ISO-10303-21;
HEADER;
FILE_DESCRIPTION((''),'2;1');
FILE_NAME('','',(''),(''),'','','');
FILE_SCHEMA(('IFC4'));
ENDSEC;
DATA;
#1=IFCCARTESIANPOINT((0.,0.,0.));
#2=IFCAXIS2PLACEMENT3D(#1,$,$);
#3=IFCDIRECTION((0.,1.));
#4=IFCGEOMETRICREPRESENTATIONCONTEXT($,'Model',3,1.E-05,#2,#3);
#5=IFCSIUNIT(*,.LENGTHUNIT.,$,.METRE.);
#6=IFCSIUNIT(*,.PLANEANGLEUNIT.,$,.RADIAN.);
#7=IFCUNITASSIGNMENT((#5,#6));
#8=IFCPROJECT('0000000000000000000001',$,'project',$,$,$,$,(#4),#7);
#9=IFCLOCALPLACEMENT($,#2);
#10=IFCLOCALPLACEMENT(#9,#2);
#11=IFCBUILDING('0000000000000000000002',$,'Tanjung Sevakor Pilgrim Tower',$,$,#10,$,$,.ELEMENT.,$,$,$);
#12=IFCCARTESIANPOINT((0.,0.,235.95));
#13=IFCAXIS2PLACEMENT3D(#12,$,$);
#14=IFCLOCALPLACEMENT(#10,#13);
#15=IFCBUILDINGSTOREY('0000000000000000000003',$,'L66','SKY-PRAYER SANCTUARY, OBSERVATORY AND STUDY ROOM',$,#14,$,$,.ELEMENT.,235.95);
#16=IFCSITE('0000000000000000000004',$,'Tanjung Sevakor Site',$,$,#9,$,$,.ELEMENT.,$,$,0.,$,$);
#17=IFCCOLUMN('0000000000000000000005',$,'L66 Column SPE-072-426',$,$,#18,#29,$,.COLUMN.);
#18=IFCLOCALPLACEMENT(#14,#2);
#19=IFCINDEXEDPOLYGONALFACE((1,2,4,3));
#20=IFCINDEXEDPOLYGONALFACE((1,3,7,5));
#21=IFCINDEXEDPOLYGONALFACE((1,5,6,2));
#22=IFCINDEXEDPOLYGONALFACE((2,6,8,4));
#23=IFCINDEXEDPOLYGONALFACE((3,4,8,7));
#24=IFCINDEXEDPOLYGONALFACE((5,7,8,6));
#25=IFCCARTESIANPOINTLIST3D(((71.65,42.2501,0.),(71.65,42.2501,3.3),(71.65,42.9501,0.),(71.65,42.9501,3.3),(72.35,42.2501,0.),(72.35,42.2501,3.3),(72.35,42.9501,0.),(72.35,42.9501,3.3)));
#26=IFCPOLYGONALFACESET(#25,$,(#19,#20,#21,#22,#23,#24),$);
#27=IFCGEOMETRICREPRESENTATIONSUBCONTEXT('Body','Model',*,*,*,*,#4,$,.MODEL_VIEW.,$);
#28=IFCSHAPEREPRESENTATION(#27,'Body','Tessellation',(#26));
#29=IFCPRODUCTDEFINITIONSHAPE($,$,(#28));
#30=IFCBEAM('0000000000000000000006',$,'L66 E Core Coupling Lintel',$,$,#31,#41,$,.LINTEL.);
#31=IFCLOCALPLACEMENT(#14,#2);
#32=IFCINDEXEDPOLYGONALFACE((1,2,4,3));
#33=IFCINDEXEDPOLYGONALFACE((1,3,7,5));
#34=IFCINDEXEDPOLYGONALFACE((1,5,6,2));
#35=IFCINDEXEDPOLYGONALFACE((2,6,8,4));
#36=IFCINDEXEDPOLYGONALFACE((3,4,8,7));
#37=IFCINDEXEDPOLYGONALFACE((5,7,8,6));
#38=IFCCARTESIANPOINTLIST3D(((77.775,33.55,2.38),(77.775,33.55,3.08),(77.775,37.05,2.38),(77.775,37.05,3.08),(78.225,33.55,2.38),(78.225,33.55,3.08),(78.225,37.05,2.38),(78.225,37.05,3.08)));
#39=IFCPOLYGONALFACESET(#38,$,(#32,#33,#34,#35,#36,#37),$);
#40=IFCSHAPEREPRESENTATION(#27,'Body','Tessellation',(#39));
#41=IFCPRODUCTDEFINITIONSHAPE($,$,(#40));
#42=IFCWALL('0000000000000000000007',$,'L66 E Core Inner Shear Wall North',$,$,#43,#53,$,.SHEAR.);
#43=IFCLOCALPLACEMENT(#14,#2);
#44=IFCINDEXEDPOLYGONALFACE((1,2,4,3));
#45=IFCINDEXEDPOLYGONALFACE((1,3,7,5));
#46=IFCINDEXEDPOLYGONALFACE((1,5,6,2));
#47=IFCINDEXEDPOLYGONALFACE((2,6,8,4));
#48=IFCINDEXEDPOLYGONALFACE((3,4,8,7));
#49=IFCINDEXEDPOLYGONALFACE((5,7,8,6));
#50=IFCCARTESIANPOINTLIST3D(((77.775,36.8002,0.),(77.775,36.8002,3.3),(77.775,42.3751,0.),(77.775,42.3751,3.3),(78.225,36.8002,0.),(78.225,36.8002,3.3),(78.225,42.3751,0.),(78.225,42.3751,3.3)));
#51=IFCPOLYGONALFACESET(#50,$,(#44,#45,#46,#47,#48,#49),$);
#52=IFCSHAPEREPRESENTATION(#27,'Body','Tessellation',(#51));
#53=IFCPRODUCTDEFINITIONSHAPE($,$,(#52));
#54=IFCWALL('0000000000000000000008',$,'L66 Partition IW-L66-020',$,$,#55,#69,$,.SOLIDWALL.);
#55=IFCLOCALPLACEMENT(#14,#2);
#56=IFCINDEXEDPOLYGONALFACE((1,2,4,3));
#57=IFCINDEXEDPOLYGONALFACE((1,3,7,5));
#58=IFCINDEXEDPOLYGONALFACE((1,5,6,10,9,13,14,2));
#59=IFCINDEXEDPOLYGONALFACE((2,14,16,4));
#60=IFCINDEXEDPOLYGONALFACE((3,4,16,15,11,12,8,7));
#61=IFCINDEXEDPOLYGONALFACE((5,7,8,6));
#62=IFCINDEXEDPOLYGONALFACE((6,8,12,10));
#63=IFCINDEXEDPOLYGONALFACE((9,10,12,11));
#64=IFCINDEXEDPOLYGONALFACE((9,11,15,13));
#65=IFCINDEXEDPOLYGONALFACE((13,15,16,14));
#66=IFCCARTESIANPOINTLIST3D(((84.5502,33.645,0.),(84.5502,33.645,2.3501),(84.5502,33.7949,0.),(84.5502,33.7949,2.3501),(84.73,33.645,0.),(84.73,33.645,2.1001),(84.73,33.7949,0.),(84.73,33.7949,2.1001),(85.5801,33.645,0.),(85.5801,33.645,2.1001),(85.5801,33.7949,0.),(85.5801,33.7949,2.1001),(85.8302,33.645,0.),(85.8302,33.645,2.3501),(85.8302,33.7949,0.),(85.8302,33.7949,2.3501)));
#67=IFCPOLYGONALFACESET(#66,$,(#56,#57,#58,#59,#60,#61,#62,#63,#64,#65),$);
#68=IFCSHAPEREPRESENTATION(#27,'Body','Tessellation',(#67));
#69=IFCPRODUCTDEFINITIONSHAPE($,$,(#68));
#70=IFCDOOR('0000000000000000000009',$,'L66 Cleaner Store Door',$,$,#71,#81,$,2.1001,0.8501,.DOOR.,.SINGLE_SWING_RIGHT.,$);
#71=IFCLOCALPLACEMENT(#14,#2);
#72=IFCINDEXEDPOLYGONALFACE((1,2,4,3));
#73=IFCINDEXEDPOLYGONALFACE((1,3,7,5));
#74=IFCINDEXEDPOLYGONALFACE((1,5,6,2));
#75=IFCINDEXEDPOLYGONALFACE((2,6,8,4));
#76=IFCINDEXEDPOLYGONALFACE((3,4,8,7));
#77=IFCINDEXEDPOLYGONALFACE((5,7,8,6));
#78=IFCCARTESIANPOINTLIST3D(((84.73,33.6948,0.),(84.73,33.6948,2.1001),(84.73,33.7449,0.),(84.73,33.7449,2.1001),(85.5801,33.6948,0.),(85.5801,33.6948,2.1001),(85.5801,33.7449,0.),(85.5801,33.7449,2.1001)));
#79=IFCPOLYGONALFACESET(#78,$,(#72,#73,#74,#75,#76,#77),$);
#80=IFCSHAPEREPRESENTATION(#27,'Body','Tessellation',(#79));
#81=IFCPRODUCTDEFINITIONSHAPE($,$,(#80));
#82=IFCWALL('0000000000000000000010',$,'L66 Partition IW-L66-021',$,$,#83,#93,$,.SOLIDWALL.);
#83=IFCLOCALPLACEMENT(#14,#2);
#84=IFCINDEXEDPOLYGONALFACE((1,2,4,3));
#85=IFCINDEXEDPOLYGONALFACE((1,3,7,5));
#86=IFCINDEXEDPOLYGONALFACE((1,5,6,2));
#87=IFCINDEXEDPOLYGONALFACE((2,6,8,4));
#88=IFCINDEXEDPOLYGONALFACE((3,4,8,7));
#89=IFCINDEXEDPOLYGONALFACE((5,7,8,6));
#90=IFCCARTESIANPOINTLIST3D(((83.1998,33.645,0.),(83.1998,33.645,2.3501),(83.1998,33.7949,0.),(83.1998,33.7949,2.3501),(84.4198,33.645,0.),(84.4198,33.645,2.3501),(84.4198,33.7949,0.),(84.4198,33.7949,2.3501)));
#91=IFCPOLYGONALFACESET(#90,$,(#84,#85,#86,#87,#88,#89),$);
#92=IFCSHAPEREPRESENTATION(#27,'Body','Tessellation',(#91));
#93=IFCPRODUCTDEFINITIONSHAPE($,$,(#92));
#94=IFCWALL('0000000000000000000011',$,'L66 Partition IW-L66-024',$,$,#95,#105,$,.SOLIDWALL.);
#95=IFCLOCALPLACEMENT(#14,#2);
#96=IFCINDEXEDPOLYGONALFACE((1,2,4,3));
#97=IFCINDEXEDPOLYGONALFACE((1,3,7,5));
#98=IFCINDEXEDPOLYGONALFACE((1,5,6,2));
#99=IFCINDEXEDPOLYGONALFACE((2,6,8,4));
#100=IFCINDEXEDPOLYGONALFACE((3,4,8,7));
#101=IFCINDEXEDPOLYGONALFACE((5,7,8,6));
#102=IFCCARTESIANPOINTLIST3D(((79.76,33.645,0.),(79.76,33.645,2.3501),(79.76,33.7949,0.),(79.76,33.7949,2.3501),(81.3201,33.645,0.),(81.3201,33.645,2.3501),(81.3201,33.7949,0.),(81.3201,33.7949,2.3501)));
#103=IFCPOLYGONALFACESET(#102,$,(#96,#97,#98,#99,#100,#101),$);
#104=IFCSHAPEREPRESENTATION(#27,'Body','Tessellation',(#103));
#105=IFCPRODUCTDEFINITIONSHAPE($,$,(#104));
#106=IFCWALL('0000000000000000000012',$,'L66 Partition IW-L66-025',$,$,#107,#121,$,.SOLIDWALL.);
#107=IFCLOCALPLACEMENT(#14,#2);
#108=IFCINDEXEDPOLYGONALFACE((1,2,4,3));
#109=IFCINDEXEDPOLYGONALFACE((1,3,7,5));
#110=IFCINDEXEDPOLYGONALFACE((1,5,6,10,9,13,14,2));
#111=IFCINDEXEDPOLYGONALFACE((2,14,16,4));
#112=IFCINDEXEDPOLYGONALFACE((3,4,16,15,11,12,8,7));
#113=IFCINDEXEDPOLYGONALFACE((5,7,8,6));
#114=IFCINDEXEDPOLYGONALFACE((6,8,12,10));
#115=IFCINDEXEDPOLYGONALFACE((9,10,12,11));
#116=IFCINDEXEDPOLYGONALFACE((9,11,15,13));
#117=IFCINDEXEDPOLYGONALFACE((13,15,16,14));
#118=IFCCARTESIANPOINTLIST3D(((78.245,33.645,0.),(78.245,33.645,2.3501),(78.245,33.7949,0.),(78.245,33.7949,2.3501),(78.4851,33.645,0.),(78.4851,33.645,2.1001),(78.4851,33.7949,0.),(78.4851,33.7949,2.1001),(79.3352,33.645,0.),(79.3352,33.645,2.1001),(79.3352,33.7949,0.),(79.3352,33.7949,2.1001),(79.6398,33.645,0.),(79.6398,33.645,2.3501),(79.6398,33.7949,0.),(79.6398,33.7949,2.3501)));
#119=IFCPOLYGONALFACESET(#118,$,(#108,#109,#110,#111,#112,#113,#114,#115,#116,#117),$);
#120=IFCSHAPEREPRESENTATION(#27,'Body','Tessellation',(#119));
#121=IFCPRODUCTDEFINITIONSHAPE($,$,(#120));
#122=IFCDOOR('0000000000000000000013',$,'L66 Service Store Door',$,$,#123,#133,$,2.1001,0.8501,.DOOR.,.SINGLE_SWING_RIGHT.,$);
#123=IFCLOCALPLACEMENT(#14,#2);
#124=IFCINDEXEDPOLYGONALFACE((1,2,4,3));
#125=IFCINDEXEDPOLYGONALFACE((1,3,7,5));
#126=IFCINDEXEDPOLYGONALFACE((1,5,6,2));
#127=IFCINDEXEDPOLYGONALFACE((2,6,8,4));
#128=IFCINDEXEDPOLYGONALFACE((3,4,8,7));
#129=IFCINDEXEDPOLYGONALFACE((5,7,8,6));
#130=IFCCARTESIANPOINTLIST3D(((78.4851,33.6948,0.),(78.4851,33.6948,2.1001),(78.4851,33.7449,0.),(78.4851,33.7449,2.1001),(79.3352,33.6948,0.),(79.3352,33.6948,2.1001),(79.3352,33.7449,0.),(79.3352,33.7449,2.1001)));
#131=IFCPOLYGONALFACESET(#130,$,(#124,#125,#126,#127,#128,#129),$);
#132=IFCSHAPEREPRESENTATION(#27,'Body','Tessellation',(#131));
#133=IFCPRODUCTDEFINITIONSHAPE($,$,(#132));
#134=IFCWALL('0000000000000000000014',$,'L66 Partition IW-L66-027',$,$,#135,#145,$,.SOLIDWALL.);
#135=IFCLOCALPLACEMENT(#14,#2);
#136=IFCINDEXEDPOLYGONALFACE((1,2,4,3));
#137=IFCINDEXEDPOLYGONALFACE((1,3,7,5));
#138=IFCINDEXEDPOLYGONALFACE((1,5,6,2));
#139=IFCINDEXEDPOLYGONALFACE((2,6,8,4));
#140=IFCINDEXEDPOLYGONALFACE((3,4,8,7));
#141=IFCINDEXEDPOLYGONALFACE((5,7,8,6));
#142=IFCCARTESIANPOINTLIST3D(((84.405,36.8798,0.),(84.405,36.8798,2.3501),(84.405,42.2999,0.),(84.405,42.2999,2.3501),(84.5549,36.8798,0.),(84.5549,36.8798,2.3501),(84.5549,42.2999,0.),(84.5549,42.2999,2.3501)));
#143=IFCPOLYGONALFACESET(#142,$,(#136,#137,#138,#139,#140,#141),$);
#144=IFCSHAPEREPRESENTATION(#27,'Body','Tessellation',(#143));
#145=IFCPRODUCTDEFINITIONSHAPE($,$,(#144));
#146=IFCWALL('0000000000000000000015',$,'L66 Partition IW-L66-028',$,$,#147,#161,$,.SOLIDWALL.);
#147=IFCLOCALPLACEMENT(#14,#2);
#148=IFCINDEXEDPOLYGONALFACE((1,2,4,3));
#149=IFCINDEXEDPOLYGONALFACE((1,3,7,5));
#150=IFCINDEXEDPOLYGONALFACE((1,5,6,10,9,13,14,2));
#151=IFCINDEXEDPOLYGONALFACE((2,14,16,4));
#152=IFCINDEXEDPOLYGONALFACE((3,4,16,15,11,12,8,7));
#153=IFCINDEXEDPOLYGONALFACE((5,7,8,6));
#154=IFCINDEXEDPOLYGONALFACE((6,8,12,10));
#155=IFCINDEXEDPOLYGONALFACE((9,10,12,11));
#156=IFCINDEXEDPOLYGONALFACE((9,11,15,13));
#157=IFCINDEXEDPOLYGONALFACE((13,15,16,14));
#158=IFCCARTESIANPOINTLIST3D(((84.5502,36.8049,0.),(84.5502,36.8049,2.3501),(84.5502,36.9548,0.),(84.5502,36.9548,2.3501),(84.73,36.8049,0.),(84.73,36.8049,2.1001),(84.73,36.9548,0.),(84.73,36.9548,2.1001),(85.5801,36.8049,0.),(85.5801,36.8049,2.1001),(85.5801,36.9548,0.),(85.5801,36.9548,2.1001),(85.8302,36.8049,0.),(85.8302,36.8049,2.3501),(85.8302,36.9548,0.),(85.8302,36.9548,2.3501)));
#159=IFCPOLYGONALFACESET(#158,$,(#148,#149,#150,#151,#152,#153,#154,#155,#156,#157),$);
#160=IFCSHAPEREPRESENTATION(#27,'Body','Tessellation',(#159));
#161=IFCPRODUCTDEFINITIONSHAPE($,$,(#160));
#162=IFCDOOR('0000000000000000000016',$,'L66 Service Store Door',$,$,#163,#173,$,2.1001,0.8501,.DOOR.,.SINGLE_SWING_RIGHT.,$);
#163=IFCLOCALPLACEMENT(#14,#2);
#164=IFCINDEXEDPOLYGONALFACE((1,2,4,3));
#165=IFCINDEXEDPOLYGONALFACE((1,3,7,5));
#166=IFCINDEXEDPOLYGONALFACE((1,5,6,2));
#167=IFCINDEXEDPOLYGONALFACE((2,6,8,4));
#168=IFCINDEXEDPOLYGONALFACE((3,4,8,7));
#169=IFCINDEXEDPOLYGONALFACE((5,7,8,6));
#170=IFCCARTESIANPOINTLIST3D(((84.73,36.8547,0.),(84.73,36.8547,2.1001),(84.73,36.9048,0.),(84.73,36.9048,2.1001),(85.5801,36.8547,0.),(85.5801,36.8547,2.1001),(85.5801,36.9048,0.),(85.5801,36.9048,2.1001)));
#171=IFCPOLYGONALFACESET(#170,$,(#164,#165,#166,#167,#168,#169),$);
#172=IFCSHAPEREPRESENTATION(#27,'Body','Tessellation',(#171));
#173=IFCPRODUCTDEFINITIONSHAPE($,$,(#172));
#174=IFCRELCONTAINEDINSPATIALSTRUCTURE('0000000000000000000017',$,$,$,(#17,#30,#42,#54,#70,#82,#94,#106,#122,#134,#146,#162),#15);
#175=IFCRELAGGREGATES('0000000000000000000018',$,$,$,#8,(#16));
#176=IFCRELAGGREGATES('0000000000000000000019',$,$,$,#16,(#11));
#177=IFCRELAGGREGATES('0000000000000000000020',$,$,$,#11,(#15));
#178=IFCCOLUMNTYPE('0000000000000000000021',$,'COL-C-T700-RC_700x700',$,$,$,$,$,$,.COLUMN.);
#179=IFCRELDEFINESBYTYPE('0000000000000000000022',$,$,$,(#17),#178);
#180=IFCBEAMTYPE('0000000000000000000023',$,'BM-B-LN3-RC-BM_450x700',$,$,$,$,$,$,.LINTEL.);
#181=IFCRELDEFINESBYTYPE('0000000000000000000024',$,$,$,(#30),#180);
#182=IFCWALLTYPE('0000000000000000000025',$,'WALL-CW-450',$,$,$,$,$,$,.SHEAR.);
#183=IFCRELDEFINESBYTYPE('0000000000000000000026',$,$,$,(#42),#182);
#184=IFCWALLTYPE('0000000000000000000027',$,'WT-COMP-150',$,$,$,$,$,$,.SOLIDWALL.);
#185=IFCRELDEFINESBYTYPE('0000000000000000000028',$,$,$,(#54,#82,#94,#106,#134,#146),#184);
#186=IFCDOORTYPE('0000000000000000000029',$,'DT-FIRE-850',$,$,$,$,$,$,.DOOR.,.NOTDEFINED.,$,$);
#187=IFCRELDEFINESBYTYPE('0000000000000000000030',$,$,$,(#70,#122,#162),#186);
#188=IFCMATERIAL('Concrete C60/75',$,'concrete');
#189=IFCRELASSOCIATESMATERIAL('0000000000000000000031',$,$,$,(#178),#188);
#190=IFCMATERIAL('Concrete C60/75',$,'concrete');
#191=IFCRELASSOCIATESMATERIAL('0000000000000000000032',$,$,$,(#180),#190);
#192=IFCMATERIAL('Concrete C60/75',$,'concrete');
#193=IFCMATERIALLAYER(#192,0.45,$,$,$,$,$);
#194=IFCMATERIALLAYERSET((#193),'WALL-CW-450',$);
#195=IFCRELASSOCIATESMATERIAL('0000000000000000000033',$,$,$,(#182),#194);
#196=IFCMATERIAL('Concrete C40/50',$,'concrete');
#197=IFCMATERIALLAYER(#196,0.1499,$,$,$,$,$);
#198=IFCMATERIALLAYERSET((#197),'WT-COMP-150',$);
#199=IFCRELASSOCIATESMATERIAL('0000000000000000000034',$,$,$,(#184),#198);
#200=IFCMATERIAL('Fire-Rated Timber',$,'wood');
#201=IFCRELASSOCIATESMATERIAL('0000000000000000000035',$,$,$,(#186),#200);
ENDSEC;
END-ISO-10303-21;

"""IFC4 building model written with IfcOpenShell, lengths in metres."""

from ifc_helpers import new_model, si_unit, direction, frame, frame_2d, origin, origin_2d, place, context, subcontext, project, spatial, rectangle, extrude, material, layer, layer_set, material_profile, profile_set, type_object, element, fill, save


model = new_model("IFC4")

# Units and contexts
model_context = context("Model", 3, precision=1e-05, world=origin(), true_north=direction((0.0, 1.0)))
body_context = subcontext(model_context, "Body", "Model", "MODEL_VIEW")
ifc_project = project(units=[si_unit("LENGTHUNIT", "METRE"), si_unit("PLANEANGLEUNIT", "RADIAN")], contexts=[model_context])

# Site, building, storey
site_placement = place(None, origin())
site = spatial("IfcSite", under=ifc_project, at=site_placement, Name="Tanjung Sevakor Site", CompositionType="ELEMENT", RefElevation=0.0)
building_placement = place(site_placement, origin())
building = spatial("IfcBuilding", under=site, at=building_placement, Name="Tanjung Sevakor Pilgrim Tower", CompositionType="ELEMENT")
storey_placement = place(building_placement, frame((0.0, 0.0, 235.95)))
storey = spatial("IfcBuildingStorey", under=building, at=storey_placement, Name="L66", Description="SKY-PRAYER SANCTUARY, OBSERVATORY AND STUDY ROOM", CompositionType="ELEMENT", Elevation=235.95)

# Column
ifc_material_1 = material(Name="Concrete C60/75", Category="concrete")
ifc_material_profile_1 = material_profile(ifc_material_1, rectangle(XDim=0.7, YDim=0.7, at=origin_2d()))
ifc_profile_set_1 = profile_set([ifc_material_profile_1], Name="Concrete C60/75")
column_type = type_object("IfcColumnType", Name="COL-C-T700-RC_700x700", PredefinedType="COLUMN", material=ifc_profile_set_1)
column_placement = place(storey_placement, frame((72.0, 42.6001, 0.0), z_axis=(0.0, 0.0, 1.0), x_axis=(1.0, 0.0, 0.0)))
element("IfcColumn", 1, at=column_placement, inside=storey, type_object=column_type, Name="L66 Column SPE-072-426", PredefinedType="COLUMN", context=body_context, shape_type="SweptSolid", body=[
    extrude(rectangle(XDim=0.7, YDim=0.7, at=origin_2d()), origin(), (0.0, 0.0, 1.0), 3.3),
])

# Beam
ifc_material_2 = material(Name="Concrete C60/75", Category="concrete")
ifc_material_profile_2 = material_profile(ifc_material_2, rectangle(XDim=0.45, YDim=0.7, at=origin_2d()))
ifc_profile_set_2 = profile_set([ifc_material_profile_2], Name="Concrete C60/75")
beam_type = type_object("IfcBeamType", Name="BM-B-LN3-RC-BM_450x700", PredefinedType="LINTEL", material=ifc_profile_set_2)
beam_placement = place(storey_placement, frame((78.0, 33.55, 2.73), z_axis=(0.0, 1.0, 0.0), x_axis=(-1.0, 0.0, 0.0)))
element("IfcBeam", 2, at=beam_placement, inside=storey, type_object=beam_type, Name="L66 E Core Coupling Lintel", PredefinedType="LINTEL", context=body_context, shape_type="SweptSolid", body=[
    extrude(rectangle(XDim=0.45, YDim=0.7, at=origin_2d()), origin(), (0.0, 0.0, 1.0), 3.5),
])

# Wall
ifc_material_3 = material(Name="Concrete C60/75", Category="concrete")
ifc_layer_1 = layer(ifc_material_3, 0.45)
ifc_layer_set_1 = layer_set([ifc_layer_1], Name="WALL-CW-450")
wall_type_1 = type_object("IfcWallType", Name="WALL-CW-450", PredefinedType="SHEAR", material=ifc_layer_set_1)
wall_1_placement = place(storey_placement, frame((78.0, 36.8, 0.0), z_axis=(0.0, 0.0, 1.0), x_axis=(0.0, 1.0, 0.0)))
element("IfcWall", 3, at=wall_1_placement, inside=storey, type_object=wall_type_1, Name="L66 E Core Inner Shear Wall North", PredefinedType="SHEAR", context=body_context, shape_type="SweptSolid", body=[
    extrude(rectangle(XDim=5.575, YDim=0.45, at=frame_2d((2.7876, 0.0))), origin(), (0.0, 0.0, 1.0), 3.3),
])

# Wall, opening, door
ifc_material_4 = material(Name="Concrete C40/50", Category="concrete")
ifc_layer_2 = layer(ifc_material_4, 0.1499)
ifc_layer_set_2 = layer_set([ifc_layer_2], Name="WT-COMP-150")
wall_type_2 = type_object("IfcWallType", Name="WT-COMP-150", PredefinedType="SOLIDWALL", material=ifc_layer_set_2)
wall_2_placement = place(storey_placement, frame((84.55, 33.72, 0.0), z_axis=(0.0, 0.0, 1.0), x_axis=(1.0, 0.0, 0.0)))
wall_2 = element("IfcWall", 4, at=wall_2_placement, inside=storey, type_object=wall_type_2, Name="L66 Partition IW-L66-020", PredefinedType="SOLIDWALL", context=body_context, shape_type="SweptSolid", body=[
    extrude(rectangle(XDim=1.28, YDim=0.1499, at=frame_2d((0.6401, 0.0))), origin(), (0.0, 0.0, 1.0), 2.3501),
])
opening_1_placement = place(wall_2_placement, frame((0.1799, 0.0, 0.0)))
opening_1 = element("IfcOpeningElement", 5, at=opening_1_placement, cuts=wall_2, PredefinedType="OPENING", context=body_context, shape_type="SweptSolid", body=[
    extrude(rectangle(XDim=0.8501, YDim=2.1001, at=frame_2d((0.425, 1.05))), frame((0.0, 0.085, 0.0), z_axis=(0.0, -1.0, 0.0), x_axis=(1.0, 0.0, 0.0)), (0.0, 0.0, 1.0), 0.1699),
])
ifc_material_5 = material(Name="Fire-Rated Timber", Category="wood")
door_type_1 = type_object("IfcDoorType", Name="DT-FIRE-850", OperationType="NOTDEFINED", PredefinedType="DOOR", material=ifc_material_5)
door_1_placement = place(opening_1_placement, origin())
door_1 = element("IfcDoor", 6, at=door_1_placement, inside=storey, type_object=door_type_1, Name="L66 Cleaner Store Door", OperationType="SINGLE_SWING_RIGHT", OverallHeight=2.1001, OverallWidth=0.8501, PredefinedType="DOOR", context=body_context, shape_type="SweptSolid", body=[
    extrude(rectangle(XDim=0.8501, YDim=2.1001, at=frame_2d((0.425, 1.05))), frame((0.0, 0.0249, 0.0), z_axis=(0.0, -1.0, 0.0), x_axis=(1.0, 0.0, 0.0)), (0.0, 0.0, 1.0), 0.05),
])
fill(opening_1, door_1)

# Walls
wall_3_placement = place(storey_placement, frame((83.2, 33.72, 0.0), z_axis=(0.0, 0.0, 1.0), x_axis=(1.0, 0.0, 0.0)))
element("IfcWall", 7, at=wall_3_placement, inside=storey, type_object=wall_type_2, Name="L66 Partition IW-L66-021", PredefinedType="SOLIDWALL", context=body_context, shape_type="SweptSolid", body=[
    extrude(rectangle(XDim=1.22, YDim=0.1499, at=frame_2d((0.6099, 0.0))), origin(), (0.0, 0.0, 1.0), 2.3501),
])
wall_4_placement = place(storey_placement, frame((79.76, 33.72, 0.0), z_axis=(0.0, 0.0, 1.0), x_axis=(1.0, 0.0, 0.0)))
element("IfcWall", 8, at=wall_4_placement, inside=storey, type_object=wall_type_2, Name="L66 Partition IW-L66-024", PredefinedType="SOLIDWALL", context=body_context, shape_type="SweptSolid", body=[
    extrude(rectangle(XDim=1.5601, YDim=0.1499, at=frame_2d((0.78, 0.0))), origin(), (0.0, 0.0, 1.0), 2.3501),
])

# Wall, opening, door
wall_5_placement = place(storey_placement, frame((78.2451, 33.72, 0.0), z_axis=(0.0, 0.0, 1.0), x_axis=(1.0, 0.0, 0.0)))
wall_5 = element("IfcWall", 9, at=wall_5_placement, inside=storey, type_object=wall_type_2, Name="L66 Partition IW-L66-025", PredefinedType="SOLIDWALL", context=body_context, shape_type="SweptSolid", body=[
    extrude(rectangle(XDim=1.3948, YDim=0.1499, at=frame_2d((0.6973, 0.0))), origin(), (0.0, 0.0, 1.0), 2.3501),
])
opening_2_placement = place(wall_5_placement, frame((0.24, 0.0, 0.0)))
opening_2 = element("IfcOpeningElement", 10, at=opening_2_placement, cuts=wall_5, PredefinedType="OPENING", context=body_context, shape_type="SweptSolid", body=[
    extrude(rectangle(XDim=0.8501, YDim=2.1001, at=frame_2d((0.425, 1.05))), frame((0.0, 0.085, 0.0), z_axis=(0.0, -1.0, 0.0), x_axis=(1.0, 0.0, 0.0)), (0.0, 0.0, 1.0), 0.1699),
])
door_2_placement = place(opening_2_placement, origin())
door_2 = element("IfcDoor", 11, at=door_2_placement, inside=storey, type_object=door_type_1, Name="L66 Service Store Door", OperationType="SINGLE_SWING_RIGHT", OverallHeight=2.1001, OverallWidth=0.8501, PredefinedType="DOOR", context=body_context, shape_type="SweptSolid", body=[
    extrude(rectangle(XDim=0.8501, YDim=2.1001, at=frame_2d((0.425, 1.05))), frame((0.0, 0.0249, 0.0), z_axis=(0.0, -1.0, 0.0), x_axis=(1.0, 0.0, 0.0)), (0.0, 0.0, 1.0), 0.05),
])
fill(opening_2, door_2)

# Wall
wall_6_placement = place(storey_placement, frame((84.48, 36.8799, 0.0), z_axis=(0.0, 0.0, 1.0), x_axis=(0.0, 1.0, 0.0)))
element("IfcWall", 12, at=wall_6_placement, inside=storey, type_object=wall_type_2, Name="L66 Partition IW-L66-027", PredefinedType="SOLIDWALL", context=body_context, shape_type="SweptSolid", body=[
    extrude(rectangle(XDim=5.4202, YDim=0.1499, at=frame_2d((2.71, 0.0))), origin(), (0.0, 0.0, 1.0), 2.3501),
])

# Wall, opening, door
wall_7_placement = place(storey_placement, frame((84.55, 36.8799, 0.0), z_axis=(0.0, 0.0, 1.0), x_axis=(1.0, 0.0, 0.0)))
wall_7 = element("IfcWall", 13, at=wall_7_placement, inside=storey, type_object=wall_type_2, Name="L66 Partition IW-L66-028", PredefinedType="SOLIDWALL", context=body_context, shape_type="SweptSolid", body=[
    extrude(rectangle(XDim=1.28, YDim=0.1499, at=frame_2d((0.6401, 0.0))), origin(), (0.0, 0.0, 1.0), 2.3501),
])
opening_3_placement = place(wall_7_placement, frame((0.1799, 0.0, 0.0)))
opening_3 = element("IfcOpeningElement", 14, at=opening_3_placement, cuts=wall_7, PredefinedType="OPENING", context=body_context, shape_type="SweptSolid", body=[
    extrude(rectangle(XDim=0.8501, YDim=2.1001, at=frame_2d((0.425, 1.05))), frame((0.0, 0.085, 0.0), z_axis=(0.0, -1.0, 0.0), x_axis=(1.0, 0.0, 0.0)), (0.0, 0.0, 1.0), 0.1699),
])
door_3_placement = place(opening_3_placement, origin())
door_3 = element("IfcDoor", 15, at=door_3_placement, inside=storey, type_object=door_type_1, Name="L66 Service Store Door", OperationType="SINGLE_SWING_RIGHT", OverallHeight=2.1001, OverallWidth=0.8501, PredefinedType="DOOR", context=body_context, shape_type="SweptSolid", body=[
    extrude(rectangle(XDim=0.8501, YDim=2.1001, at=frame_2d((0.425, 1.05))), frame((0.0, 0.0249, 0.0), z_axis=(0.0, -1.0, 0.0), x_axis=(1.0, 0.0, 0.0)), (0.0, 0.0, 1.0), 0.05),
])
fill(opening_3, door_3)

save(model, "model.ifc")
